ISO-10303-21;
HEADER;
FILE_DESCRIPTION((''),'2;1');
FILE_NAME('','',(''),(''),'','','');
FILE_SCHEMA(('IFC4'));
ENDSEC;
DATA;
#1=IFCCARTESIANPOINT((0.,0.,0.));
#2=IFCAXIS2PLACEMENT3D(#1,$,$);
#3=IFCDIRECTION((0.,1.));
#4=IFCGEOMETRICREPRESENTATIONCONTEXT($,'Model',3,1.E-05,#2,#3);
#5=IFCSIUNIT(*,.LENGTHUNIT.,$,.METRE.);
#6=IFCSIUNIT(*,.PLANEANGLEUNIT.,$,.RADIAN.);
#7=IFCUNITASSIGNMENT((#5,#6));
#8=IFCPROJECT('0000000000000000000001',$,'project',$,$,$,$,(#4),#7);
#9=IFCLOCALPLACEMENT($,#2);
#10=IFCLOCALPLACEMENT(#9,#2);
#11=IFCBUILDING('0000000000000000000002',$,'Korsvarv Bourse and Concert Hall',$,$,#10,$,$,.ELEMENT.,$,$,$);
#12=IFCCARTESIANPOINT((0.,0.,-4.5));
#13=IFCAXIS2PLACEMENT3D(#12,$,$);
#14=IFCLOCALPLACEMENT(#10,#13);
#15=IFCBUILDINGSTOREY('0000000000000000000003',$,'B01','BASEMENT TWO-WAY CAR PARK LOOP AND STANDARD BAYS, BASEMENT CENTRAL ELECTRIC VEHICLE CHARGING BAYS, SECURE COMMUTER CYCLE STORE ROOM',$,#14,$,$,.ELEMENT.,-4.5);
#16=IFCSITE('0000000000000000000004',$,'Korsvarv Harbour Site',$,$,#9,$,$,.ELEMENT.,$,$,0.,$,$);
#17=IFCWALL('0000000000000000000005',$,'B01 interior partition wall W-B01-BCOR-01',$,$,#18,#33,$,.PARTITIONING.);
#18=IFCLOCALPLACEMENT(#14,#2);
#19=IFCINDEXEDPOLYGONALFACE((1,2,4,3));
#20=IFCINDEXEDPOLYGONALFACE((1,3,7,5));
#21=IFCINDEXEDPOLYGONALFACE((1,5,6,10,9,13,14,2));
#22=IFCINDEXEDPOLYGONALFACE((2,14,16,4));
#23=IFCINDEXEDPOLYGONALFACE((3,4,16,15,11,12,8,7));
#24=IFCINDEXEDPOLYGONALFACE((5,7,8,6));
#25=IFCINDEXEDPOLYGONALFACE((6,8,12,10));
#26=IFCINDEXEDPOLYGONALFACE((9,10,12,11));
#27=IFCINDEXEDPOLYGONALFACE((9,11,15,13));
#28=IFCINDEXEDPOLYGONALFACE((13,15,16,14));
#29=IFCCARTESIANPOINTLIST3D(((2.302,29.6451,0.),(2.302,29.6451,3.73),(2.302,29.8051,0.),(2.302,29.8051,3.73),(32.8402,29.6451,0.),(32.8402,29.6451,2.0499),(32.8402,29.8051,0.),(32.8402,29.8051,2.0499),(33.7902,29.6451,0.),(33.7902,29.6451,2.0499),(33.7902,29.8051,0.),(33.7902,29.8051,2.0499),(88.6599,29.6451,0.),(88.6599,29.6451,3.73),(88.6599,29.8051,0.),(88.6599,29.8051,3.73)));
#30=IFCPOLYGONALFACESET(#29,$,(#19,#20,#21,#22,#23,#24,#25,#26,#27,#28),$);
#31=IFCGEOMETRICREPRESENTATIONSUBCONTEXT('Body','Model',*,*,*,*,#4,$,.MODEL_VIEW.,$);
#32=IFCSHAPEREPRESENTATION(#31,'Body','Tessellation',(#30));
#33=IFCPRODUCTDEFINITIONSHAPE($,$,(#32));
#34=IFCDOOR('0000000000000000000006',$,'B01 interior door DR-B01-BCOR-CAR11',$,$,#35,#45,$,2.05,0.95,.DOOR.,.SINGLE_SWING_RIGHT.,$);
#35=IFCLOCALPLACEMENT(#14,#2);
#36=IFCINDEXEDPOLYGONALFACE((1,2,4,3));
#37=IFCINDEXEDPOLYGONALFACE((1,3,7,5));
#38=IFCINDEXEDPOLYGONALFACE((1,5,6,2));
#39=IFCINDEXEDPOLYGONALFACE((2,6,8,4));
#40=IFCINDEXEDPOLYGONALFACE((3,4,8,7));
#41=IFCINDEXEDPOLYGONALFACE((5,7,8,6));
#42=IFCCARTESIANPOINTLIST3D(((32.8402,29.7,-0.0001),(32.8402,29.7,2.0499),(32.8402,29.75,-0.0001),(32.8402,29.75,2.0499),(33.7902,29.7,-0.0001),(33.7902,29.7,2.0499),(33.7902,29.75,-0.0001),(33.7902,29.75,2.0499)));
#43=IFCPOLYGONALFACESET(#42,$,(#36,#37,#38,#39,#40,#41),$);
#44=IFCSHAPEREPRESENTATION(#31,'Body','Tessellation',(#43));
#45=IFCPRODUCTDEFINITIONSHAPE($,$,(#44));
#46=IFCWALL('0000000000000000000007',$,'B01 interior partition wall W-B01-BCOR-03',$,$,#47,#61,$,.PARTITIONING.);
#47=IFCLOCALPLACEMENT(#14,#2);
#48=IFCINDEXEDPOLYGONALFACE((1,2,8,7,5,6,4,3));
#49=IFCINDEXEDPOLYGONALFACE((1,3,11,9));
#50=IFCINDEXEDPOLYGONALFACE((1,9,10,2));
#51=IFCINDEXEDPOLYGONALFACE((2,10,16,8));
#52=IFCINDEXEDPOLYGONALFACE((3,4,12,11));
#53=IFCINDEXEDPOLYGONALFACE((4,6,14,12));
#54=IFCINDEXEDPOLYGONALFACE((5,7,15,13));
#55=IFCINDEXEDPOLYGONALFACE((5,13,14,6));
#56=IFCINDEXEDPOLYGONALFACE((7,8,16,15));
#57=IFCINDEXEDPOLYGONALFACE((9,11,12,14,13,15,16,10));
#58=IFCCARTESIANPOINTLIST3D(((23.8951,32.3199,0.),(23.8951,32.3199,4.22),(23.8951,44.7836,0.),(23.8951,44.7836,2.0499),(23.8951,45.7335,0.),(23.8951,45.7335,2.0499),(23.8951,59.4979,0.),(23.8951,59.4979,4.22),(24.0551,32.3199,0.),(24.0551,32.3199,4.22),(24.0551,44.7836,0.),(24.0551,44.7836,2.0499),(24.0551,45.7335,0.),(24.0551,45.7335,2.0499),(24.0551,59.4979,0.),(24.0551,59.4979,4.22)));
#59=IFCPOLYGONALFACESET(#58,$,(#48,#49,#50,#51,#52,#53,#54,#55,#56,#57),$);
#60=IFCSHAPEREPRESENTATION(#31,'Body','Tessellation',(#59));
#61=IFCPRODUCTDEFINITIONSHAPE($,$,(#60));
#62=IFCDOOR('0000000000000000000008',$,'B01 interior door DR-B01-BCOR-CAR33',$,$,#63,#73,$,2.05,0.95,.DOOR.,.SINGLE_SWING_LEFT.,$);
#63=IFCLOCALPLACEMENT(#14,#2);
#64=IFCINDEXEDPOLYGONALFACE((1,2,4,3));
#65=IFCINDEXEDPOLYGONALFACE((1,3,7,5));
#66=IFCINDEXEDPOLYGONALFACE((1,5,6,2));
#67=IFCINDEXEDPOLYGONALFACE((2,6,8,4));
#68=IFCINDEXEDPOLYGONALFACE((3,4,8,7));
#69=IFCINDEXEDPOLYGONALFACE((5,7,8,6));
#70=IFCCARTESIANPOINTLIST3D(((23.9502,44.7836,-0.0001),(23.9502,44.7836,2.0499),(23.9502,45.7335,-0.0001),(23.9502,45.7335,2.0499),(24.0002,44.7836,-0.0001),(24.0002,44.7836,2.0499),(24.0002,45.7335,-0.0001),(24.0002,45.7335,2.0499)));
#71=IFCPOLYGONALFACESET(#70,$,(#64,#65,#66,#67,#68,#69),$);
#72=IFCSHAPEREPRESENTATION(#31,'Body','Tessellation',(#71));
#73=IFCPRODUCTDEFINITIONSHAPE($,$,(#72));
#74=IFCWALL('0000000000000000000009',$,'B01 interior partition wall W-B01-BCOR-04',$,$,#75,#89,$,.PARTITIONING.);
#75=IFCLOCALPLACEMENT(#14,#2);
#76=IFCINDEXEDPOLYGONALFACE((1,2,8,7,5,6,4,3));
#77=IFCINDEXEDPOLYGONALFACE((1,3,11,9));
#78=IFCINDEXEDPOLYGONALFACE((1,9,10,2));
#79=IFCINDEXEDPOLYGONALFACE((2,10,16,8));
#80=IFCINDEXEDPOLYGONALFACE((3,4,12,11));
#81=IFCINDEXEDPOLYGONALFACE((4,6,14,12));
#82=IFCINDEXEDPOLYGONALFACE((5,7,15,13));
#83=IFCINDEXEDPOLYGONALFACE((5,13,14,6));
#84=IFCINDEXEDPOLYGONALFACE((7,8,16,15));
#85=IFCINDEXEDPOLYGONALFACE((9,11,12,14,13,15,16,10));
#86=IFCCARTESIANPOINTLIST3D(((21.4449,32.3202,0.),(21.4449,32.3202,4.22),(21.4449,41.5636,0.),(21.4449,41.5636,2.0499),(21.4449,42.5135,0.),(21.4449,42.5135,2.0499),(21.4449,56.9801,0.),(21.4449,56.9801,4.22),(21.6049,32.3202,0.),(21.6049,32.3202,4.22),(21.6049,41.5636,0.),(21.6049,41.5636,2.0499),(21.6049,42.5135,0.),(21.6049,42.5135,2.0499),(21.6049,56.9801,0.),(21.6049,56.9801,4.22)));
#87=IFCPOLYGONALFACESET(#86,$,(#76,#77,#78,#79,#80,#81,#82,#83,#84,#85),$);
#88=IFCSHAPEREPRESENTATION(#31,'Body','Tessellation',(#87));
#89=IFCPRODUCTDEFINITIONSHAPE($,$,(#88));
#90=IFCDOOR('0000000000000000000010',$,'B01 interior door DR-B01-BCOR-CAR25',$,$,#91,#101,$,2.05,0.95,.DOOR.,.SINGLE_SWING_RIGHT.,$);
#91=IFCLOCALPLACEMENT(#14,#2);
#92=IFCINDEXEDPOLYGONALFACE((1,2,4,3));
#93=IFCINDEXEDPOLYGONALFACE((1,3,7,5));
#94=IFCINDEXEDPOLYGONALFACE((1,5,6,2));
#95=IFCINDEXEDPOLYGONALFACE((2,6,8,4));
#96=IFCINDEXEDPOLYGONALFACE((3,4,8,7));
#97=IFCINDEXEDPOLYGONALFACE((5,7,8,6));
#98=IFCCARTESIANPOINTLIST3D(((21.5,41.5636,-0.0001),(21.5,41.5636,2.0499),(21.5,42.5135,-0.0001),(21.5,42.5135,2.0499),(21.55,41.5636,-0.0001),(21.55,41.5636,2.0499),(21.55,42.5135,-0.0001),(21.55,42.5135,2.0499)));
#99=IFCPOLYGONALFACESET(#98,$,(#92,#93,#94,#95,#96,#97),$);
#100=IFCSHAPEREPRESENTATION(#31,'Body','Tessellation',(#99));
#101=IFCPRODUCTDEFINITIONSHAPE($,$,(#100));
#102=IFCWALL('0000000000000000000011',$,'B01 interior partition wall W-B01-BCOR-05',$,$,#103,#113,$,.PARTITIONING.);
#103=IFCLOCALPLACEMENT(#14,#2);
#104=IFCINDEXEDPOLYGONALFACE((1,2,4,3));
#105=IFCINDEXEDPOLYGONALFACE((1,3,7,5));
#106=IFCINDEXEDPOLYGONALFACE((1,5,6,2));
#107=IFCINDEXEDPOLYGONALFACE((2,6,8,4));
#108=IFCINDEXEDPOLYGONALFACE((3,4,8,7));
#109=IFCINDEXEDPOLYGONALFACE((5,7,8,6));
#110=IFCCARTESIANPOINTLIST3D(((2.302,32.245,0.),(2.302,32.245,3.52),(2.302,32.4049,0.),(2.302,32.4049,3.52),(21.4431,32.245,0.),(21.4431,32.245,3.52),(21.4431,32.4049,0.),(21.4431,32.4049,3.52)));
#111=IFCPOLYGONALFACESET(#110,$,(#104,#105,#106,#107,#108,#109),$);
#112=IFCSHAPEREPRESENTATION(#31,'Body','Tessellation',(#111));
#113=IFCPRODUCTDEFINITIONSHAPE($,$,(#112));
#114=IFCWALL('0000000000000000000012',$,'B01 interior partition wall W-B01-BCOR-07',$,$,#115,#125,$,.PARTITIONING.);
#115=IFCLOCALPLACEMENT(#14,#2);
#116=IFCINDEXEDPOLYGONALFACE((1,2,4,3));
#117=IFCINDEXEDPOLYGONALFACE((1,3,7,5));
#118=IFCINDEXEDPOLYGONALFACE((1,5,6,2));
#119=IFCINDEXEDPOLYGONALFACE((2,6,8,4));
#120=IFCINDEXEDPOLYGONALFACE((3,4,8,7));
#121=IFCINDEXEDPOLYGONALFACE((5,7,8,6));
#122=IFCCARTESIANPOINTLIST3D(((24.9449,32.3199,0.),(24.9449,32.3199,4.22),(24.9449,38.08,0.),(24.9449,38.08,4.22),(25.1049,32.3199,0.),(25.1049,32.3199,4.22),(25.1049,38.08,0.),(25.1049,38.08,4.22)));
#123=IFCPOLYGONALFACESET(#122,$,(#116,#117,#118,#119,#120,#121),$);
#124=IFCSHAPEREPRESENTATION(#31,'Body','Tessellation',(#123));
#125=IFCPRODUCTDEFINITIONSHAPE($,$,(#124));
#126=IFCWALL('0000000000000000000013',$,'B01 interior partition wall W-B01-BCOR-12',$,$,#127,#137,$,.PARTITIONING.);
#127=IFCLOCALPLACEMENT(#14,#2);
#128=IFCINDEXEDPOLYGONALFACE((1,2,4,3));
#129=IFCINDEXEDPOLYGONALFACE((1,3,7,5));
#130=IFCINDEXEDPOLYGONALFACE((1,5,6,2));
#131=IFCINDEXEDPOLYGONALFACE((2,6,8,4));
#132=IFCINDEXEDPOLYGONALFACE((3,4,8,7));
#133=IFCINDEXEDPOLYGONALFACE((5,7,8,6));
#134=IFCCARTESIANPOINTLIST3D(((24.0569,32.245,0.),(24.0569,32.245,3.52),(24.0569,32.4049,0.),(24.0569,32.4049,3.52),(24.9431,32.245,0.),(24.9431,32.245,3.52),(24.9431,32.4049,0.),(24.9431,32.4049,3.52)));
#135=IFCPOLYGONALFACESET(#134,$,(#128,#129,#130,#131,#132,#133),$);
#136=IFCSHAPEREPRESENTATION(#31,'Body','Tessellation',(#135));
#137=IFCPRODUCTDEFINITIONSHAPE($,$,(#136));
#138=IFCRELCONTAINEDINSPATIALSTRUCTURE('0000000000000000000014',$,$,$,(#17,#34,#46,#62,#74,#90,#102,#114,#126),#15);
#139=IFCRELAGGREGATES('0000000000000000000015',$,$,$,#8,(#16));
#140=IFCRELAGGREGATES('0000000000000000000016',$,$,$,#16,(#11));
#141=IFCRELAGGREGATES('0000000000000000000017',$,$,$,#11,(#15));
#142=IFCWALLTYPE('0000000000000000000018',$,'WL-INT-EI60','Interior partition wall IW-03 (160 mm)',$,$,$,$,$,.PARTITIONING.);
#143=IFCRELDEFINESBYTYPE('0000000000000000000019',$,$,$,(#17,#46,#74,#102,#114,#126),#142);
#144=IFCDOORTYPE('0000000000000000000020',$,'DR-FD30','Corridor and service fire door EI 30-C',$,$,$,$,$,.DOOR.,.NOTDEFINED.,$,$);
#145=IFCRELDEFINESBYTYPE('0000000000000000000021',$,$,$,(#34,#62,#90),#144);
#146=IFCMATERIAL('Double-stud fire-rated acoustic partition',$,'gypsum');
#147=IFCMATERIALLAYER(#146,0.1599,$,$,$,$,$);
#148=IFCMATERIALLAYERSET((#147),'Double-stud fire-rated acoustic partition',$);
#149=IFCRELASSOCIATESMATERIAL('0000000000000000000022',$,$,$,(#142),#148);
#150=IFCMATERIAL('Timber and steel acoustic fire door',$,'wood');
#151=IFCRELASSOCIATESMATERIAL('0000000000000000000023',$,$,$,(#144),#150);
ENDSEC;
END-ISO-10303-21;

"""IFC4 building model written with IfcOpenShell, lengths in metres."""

from ifc_helpers import new_model, si_unit, direction, frame, frame_2d, origin, place, context, subcontext, project, spatial, rectangle, extrude, material, layer, layer_set, type_object, element, fill, save


model = new_model("IFC4")

# Units and contexts
model_context = context("Model", 3, precision=1e-05, world=origin(), true_north=direction((0.0, 1.0)))
body_context = subcontext(model_context, "Body", "Model", "MODEL_VIEW")
ifc_project = project(units=[si_unit("LENGTHUNIT", "METRE"), si_unit("PLANEANGLEUNIT", "RADIAN")], contexts=[model_context])

# Site, building, storey
site_placement = place(None, origin())
site = spatial("IfcSite", under=ifc_project, at=site_placement, Name="Korsvarv Harbour Site", CompositionType="ELEMENT", RefElevation=0.0)
building_placement = place(site_placement, origin())
building = spatial("IfcBuilding", under=site, at=building_placement, Name="Korsvarv Bourse and Concert Hall", CompositionType="ELEMENT")
storey_placement = place(building_placement, frame((0.0, 0.0, -4.5)))
storey = spatial("IfcBuildingStorey", under=building, at=storey_placement, Name="B01", Description="BASEMENT TWO-WAY CAR PARK LOOP AND STANDARD BAYS, BASEMENT CENTRAL ELECTRIC VEHICLE CHARGING BAYS, SECURE COMMUTER CYCLE STORE ROOM", CompositionType="ELEMENT", Elevation=-4.5)

# Walls, openings, doors
ifc_material_1 = material(Name="Double-stud fire-rated acoustic partition", Category="gypsum")
ifc_layer = layer(ifc_material_1, 0.1599)
ifc_layer_set = layer_set([ifc_layer], Name="Double-stud fire-rated acoustic partition")
wall_type = type_object("IfcWallType", Name="WL-INT-EI60", Description="Interior partition wall IW-03 (160 mm)", PredefinedType="PARTITIONING", material=ifc_layer_set)
wall_1_placement = place(storey_placement, frame((2.302, 29.7251, 0.0), z_axis=(0.0, 0.0, 1.0), x_axis=(1.0, 0.0, 0.0)))
wall_1 = element("IfcWall", 1, at=wall_1_placement, inside=storey, type_object=wall_type, Name="B01 interior partition wall W-B01-BCOR-01", PredefinedType="PARTITIONING", context=body_context, shape_type="SweptSolid", body=[
    extrude(rectangle(XDim=86.3579, YDim=0.1599, at=frame_2d((43.179, 0.0))), origin(), (0.0, 0.0, 1.0), 3.73),
])
opening_1_placement = place(wall_1_placement, frame((30.5381, 0.0, 0.0)))
opening_1 = element("IfcOpeningElement", 2, at=opening_1_placement, cuts=wall_1, PredefinedType="OPENING", context=body_context, shape_type="SweptSolid", body=[
    extrude(rectangle(XDim=0.95, YDim=2.05, at=frame_2d((0.4751, 1.0249))), frame((0.0, 0.0898, 0.0), z_axis=(0.0, -1.0, 0.0), x_axis=(1.0, 0.0, 0.0)), (0.0, 0.0, 1.0), 0.1799),
])
ifc_material_2 = material(Name="Timber and steel acoustic fire door", Category="wood")
door_type = type_object("IfcDoorType", Name="DR-FD30", Description="Corridor and service fire door EI 30-C", OperationType="NOTDEFINED", PredefinedType="DOOR", material=ifc_material_2)
door_1_placement = place(opening_1_placement, origin())
door_1 = element("IfcDoor", 3, at=door_1_placement, inside=storey, type_object=door_type, Name="B01 interior door DR-B01-BCOR-CAR11", OperationType="SINGLE_SWING_RIGHT", OverallHeight=2.05, OverallWidth=0.95, PredefinedType="DOOR", context=body_context, shape_type="SweptSolid", body=[
    extrude(rectangle(XDim=0.95, YDim=2.05, at=frame_2d((0.4751, 1.0249))), frame((0.0, 0.0249, 0.0), z_axis=(0.0, -1.0, 0.0), x_axis=(1.0, 0.0, 0.0)), (0.0, 0.0, 1.0), 0.05),
])
fill(opening_1, door_1)
wall_2_placement = place(storey_placement, frame((23.9751, 32.3201, 0.0), z_axis=(0.0, 0.0, 1.0), x_axis=(0.0, 1.0, 0.0)))
wall_2 = element("IfcWall", 4, at=wall_2_placement, inside=storey, type_object=wall_type, Name="B01 interior partition wall W-B01-BCOR-03", PredefinedType="PARTITIONING", context=body_context, shape_type="SweptSolid", body=[
    extrude(rectangle(XDim=27.178, YDim=0.1599, at=frame_2d((13.5889, 0.0))), origin(), (0.0, 0.0, 1.0), 4.22),
])
opening_2_placement = place(wall_2_placement, frame((12.4634, 0.0, 0.0)))
opening_2 = element("IfcOpeningElement", 5, at=opening_2_placement, cuts=wall_2, PredefinedType="OPENING", context=body_context, shape_type="SweptSolid", body=[
    extrude(rectangle(XDim=0.95, YDim=2.05, at=frame_2d((0.4751, 1.0249))), frame((0.0, 0.0898, 0.0), z_axis=(0.0, -1.0, 0.0), x_axis=(1.0, 0.0, 0.0)), (0.0, 0.0, 1.0), 0.1799),
])
door_2_placement = place(opening_2_placement, origin())
door_2 = element("IfcDoor", 6, at=door_2_placement, inside=storey, type_object=door_type, Name="B01 interior door DR-B01-BCOR-CAR33", OperationType="SINGLE_SWING_LEFT", OverallHeight=2.05, OverallWidth=0.95, PredefinedType="DOOR", context=body_context, shape_type="SweptSolid", body=[
    extrude(rectangle(XDim=0.95, YDim=2.05, at=frame_2d((0.4751, 1.0249))), frame((0.0, 0.0249, 0.0), z_axis=(0.0, -1.0, 0.0), x_axis=(1.0, 0.0, 0.0)), (0.0, 0.0, 1.0), 0.05),
])
fill(opening_2, door_2)
wall_3_placement = place(storey_placement, frame((21.5249, 32.3201, 0.0), z_axis=(0.0, 0.0, 1.0), x_axis=(0.0, 1.0, 0.0)))
wall_3 = element("IfcWall", 7, at=wall_3_placement, inside=storey, type_object=wall_type, Name="B01 interior partition wall W-B01-BCOR-04", PredefinedType="PARTITIONING", context=body_context, shape_type="SweptSolid", body=[
    extrude(rectangle(XDim=24.6599, YDim=0.1599, at=frame_2d((12.3301, 0.0))), origin(), (0.0, 0.0, 1.0), 4.22),
])
opening_3_placement = place(wall_3_placement, frame((9.2434, 0.0, 0.0)))
opening_3 = element("IfcOpeningElement", 8, at=opening_3_placement, cuts=wall_3, PredefinedType="OPENING", context=body_context, shape_type="SweptSolid", body=[
    extrude(rectangle(XDim=0.95, YDim=2.05, at=frame_2d((0.4751, 1.0249))), frame((0.0, 0.0898, 0.0), z_axis=(0.0, -1.0, 0.0), x_axis=(1.0, 0.0, 0.0)), (0.0, 0.0, 1.0), 0.1799),
])
door_3_placement = place(opening_3_placement, origin())
door_3 = element("IfcDoor", 9, at=door_3_placement, inside=storey, type_object=door_type, Name="B01 interior door DR-B01-BCOR-CAR25", OperationType="SINGLE_SWING_RIGHT", OverallHeight=2.05, OverallWidth=0.95, PredefinedType="DOOR", context=body_context, shape_type="SweptSolid", body=[
    extrude(rectangle(XDim=0.95, YDim=2.05, at=frame_2d((0.4751, 1.0249))), frame((0.0, 0.0249, 0.0), z_axis=(0.0, -1.0, 0.0), x_axis=(1.0, 0.0, 0.0)), (0.0, 0.0, 1.0), 0.05),
])
fill(opening_3, door_3)

# Walls
wall_4_placement = place(storey_placement, frame((2.302, 32.325, 0.0), z_axis=(0.0, 0.0, 1.0), x_axis=(1.0, 0.0, 0.0)))
element("IfcWall", 10, at=wall_4_placement, inside=storey, type_object=wall_type, Name="B01 interior partition wall W-B01-BCOR-05", PredefinedType="PARTITIONING", context=body_context, shape_type="SweptSolid", body=[
    extrude(rectangle(XDim=19.1411, YDim=0.1599, at=frame_2d((9.5706, 0.0))), origin(), (0.0, 0.0, 1.0), 3.52),
])
wall_5_placement = place(storey_placement, frame((25.0249, 32.3201, 0.0), z_axis=(0.0, 0.0, 1.0), x_axis=(0.0, 1.0, 0.0)))
element("IfcWall", 11, at=wall_5_placement, inside=storey, type_object=wall_type, Name="B01 interior partition wall W-B01-BCOR-07", PredefinedType="PARTITIONING", context=body_context, shape_type="SweptSolid", body=[
    extrude(rectangle(XDim=5.76, YDim=0.1599, at=frame_2d((2.8799, 0.0))), origin(), (0.0, 0.0, 1.0), 4.22),
])
wall_6_placement = place(storey_placement, frame((24.0569, 32.325, 0.0), z_axis=(0.0, 0.0, 1.0), x_axis=(1.0, 0.0, 0.0)))
element("IfcWall", 12, at=wall_6_placement, inside=storey, type_object=wall_type, Name="B01 interior partition wall W-B01-BCOR-12", PredefinedType="PARTITIONING", context=body_context, shape_type="SweptSolid", body=[
    extrude(rectangle(XDim=0.8862, YDim=0.1599, at=frame_2d((0.4431, 0.0))), origin(), (0.0, 0.0, 1.0), 3.52),
])

save(model, "model.ifc")
